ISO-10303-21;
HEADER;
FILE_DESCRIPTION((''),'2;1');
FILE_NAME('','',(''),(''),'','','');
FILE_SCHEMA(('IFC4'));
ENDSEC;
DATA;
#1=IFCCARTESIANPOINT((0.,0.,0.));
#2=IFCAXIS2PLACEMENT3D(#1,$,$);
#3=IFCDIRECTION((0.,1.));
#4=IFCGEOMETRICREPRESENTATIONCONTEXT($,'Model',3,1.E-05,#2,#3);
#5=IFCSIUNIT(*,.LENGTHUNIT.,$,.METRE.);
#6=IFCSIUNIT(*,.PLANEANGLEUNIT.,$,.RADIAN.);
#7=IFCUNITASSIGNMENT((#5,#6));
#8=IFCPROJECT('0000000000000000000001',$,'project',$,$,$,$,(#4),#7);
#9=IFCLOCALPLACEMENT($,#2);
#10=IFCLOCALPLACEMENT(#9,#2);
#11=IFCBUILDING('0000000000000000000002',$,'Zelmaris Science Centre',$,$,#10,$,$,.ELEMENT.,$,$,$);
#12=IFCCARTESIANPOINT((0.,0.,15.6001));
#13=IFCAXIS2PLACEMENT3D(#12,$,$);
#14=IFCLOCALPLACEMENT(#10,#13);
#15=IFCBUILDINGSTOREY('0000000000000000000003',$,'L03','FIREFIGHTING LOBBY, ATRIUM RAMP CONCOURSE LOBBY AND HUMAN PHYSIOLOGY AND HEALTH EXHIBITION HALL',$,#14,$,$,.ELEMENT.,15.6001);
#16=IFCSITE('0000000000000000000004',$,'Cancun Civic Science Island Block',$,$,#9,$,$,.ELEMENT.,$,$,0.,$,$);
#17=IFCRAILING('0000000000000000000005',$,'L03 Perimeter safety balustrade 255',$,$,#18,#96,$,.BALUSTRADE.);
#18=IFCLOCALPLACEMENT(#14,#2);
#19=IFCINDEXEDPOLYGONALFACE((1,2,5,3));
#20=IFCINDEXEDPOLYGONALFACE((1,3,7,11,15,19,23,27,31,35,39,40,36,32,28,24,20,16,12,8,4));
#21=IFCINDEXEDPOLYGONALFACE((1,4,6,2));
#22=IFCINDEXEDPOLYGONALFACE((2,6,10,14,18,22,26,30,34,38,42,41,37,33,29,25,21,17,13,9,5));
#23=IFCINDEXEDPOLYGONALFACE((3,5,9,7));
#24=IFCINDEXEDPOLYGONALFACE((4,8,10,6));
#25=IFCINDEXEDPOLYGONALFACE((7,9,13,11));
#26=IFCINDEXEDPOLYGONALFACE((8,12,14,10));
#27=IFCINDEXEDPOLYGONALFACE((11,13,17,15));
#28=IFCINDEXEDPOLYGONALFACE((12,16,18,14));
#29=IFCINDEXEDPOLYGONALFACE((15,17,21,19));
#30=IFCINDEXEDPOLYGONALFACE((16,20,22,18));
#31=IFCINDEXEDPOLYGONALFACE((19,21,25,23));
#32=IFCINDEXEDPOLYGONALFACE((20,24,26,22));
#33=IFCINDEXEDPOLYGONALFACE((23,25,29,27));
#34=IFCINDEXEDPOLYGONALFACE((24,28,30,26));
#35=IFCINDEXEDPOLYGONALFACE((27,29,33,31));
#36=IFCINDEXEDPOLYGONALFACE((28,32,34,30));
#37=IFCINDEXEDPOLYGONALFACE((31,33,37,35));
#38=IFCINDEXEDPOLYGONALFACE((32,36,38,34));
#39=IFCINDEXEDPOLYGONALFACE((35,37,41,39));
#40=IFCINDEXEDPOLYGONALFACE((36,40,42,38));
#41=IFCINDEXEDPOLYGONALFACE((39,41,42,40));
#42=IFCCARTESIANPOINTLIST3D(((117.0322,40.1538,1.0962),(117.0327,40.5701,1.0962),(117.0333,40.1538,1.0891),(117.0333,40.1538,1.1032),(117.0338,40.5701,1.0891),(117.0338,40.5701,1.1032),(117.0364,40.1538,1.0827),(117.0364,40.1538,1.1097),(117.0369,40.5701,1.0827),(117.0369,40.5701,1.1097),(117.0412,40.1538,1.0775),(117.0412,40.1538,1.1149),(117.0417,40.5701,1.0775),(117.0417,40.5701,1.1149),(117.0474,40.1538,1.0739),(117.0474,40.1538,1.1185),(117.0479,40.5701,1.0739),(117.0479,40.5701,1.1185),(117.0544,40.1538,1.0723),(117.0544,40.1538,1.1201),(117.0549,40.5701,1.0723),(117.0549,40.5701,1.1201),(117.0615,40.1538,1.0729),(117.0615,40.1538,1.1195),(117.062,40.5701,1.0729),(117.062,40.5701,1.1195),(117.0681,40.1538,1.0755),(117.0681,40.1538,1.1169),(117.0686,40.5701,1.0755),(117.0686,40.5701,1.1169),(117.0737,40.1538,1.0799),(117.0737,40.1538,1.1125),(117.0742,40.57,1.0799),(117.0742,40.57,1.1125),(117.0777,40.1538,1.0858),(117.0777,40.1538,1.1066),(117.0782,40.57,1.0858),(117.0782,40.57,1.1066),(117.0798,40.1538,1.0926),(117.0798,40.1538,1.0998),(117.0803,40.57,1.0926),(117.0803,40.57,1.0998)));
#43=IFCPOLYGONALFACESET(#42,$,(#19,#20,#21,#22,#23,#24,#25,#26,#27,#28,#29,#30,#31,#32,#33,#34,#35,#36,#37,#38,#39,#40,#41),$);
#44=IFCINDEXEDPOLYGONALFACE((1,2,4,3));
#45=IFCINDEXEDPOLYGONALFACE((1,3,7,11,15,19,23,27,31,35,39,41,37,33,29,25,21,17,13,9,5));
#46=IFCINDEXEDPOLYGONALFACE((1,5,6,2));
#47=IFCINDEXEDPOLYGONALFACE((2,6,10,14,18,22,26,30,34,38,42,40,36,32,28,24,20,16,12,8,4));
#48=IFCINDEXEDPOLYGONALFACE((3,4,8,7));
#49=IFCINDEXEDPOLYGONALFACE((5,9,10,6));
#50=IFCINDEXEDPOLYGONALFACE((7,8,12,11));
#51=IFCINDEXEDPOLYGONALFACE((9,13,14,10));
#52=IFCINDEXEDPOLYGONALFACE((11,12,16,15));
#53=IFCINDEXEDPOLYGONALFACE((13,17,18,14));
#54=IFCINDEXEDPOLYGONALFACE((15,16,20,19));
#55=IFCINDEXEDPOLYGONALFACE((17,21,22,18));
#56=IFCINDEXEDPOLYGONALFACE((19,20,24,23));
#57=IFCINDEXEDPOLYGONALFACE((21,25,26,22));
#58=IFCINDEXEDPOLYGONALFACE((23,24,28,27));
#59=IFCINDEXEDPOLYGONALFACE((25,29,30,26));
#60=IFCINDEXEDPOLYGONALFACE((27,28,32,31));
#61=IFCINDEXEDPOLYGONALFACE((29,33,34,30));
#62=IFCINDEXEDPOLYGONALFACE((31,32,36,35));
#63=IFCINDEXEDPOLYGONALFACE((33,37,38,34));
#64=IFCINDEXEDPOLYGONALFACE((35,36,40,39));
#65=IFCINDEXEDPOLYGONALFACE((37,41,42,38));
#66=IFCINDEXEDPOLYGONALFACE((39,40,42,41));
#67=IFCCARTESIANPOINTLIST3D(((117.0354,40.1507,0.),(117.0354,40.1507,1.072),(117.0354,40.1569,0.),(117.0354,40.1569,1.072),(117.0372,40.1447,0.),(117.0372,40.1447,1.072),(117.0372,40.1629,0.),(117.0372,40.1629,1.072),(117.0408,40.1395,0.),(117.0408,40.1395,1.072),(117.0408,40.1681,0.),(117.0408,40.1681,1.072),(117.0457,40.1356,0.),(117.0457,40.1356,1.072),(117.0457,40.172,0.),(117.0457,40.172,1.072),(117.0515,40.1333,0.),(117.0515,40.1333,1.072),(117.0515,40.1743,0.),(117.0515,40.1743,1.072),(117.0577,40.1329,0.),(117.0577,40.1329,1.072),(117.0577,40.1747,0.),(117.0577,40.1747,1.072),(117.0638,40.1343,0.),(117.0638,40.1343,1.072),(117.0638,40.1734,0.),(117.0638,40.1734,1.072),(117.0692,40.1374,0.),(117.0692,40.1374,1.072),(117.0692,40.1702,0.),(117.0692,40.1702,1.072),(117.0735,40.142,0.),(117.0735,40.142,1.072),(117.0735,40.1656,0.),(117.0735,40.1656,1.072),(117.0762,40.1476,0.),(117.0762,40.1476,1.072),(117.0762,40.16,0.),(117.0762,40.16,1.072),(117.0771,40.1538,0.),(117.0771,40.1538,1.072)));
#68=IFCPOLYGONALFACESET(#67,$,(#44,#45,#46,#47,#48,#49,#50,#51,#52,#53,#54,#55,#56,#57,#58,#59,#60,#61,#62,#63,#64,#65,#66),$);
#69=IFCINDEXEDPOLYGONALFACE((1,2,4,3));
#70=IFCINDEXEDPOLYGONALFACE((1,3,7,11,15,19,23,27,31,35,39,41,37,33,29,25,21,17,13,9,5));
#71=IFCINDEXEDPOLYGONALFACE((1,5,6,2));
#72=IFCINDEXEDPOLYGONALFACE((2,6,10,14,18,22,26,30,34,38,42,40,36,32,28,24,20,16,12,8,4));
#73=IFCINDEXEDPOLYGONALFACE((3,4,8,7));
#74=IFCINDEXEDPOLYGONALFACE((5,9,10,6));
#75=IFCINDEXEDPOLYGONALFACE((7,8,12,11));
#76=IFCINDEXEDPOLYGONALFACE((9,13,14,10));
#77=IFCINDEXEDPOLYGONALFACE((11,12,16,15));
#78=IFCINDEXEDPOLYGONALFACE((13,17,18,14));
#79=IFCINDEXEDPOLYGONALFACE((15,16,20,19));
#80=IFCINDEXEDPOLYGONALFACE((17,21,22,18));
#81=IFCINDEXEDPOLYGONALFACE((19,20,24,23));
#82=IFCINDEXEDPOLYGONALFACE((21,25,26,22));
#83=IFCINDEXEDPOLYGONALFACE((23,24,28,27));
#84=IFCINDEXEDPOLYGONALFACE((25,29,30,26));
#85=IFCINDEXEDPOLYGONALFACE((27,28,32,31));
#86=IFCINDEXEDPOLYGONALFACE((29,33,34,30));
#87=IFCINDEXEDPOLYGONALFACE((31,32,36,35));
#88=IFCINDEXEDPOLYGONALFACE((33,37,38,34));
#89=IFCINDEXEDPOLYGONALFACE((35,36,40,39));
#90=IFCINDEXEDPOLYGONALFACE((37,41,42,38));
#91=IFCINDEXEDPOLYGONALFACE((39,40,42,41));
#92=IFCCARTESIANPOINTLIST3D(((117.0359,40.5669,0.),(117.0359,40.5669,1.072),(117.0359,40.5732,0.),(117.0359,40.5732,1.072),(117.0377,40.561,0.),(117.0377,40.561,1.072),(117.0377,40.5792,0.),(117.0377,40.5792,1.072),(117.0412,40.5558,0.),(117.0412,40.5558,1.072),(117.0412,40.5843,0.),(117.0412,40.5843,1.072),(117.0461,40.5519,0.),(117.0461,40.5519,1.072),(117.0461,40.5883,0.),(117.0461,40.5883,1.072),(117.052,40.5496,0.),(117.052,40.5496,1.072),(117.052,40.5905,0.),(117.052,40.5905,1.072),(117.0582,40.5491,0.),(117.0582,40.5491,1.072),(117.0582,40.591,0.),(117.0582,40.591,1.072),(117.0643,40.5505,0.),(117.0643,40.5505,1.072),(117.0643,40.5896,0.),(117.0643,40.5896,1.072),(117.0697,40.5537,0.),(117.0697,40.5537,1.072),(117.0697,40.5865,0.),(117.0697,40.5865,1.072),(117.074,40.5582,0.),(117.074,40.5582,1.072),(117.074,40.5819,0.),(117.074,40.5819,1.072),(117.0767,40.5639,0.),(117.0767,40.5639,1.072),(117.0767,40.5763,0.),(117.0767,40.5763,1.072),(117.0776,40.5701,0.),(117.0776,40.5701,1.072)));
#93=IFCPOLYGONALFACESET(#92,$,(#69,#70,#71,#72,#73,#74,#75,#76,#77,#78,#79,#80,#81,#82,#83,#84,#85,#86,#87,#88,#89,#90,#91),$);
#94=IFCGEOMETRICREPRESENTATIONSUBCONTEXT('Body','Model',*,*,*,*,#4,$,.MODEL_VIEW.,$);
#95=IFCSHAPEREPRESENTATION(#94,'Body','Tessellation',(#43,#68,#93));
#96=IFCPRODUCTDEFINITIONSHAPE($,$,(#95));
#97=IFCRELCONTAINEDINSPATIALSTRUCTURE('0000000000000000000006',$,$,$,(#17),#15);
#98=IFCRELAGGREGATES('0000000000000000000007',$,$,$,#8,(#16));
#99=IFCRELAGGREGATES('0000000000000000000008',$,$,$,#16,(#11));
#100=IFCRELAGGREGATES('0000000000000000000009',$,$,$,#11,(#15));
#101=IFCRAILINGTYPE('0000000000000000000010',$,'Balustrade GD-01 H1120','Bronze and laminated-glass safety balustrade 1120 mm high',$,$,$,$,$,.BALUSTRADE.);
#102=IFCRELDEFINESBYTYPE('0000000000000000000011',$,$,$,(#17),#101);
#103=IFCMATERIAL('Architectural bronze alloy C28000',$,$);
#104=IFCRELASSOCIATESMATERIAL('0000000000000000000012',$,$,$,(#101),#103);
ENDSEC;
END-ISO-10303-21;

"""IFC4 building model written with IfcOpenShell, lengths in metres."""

from ifc_helpers import new_model, si_unit, direction, frame, origin, origin_2d, place, context, subcontext, project, spatial, circle, extrude, material, type_object, element, save


model = new_model("IFC4")

# Units and contexts
model_context = context("Model", 3, precision=1e-05, world=origin(), true_north=direction((0.0, 1.0)))
body_context = subcontext(model_context, "Body", "Model", "MODEL_VIEW")
ifc_project = project(units=[si_unit("LENGTHUNIT", "METRE"), si_unit("PLANEANGLEUNIT", "RADIAN")], contexts=[model_context])

# Site, building, storey
site_placement = place(None, origin())
site = spatial("IfcSite", under=ifc_project, at=site_placement, Name="Cancun Civic Science Island Block", CompositionType="ELEMENT", RefElevation=0.0)
building_placement = place(site_placement, origin())
building = spatial("IfcBuilding", under=site, at=building_placement, Name="Zelmaris Science Centre", CompositionType="ELEMENT")
storey_placement = place(building_placement, frame((0.0, 0.0, 15.6001)))
storey = spatial("IfcBuildingStorey", under=building, at=storey_placement, Name="L03", Description="FIREFIGHTING LOBBY, ATRIUM RAMP CONCOURSE LOBBY AND HUMAN PHYSIOLOGY AND HEALTH EXHIBITION HALL", CompositionType="ELEMENT", Elevation=15.6001)

# Railing
ifc_material_1 = material(Name="Architectural bronze alloy C28000")
railing_type = type_object("IfcRailingType", Name="Balustrade GD-01 H1120", Description="Bronze and laminated-glass safety balustrade 1120 mm high", PredefinedType="BALUSTRADE", material=ifc_material_1)
railing_1_placement = place(storey_placement, frame((117.0562, 40.1538, 0.0)))
element("IfcRailing", 1, at=railing_1_placement, inside=storey, type_object=railing_type, Name="L03 Perimeter safety balustrade 255", PredefinedType="BALUSTRADE", context=body_context, shape_type="SweptSolid", body=[
    extrude(circle(Radius=0.0239, at=origin_2d()), frame((0.0, 0.0, 1.0962), z_axis=(0.001173, 0.999999, 0.0), x_axis=(-0.999999, 0.001173, 0.0)), (0.0, 0.0, 1.0), 0.4163),
    extrude(circle(Radius=0.021, at=origin_2d()), origin(), (0.0, 0.0, 1.0), 1.072),
    extrude(circle(Radius=0.021, at=origin_2d()), frame((0.0005, 0.4163, 0.0)), (0.0, 0.0, 1.0), 1.072),
])

save(model, "model.ifc")
